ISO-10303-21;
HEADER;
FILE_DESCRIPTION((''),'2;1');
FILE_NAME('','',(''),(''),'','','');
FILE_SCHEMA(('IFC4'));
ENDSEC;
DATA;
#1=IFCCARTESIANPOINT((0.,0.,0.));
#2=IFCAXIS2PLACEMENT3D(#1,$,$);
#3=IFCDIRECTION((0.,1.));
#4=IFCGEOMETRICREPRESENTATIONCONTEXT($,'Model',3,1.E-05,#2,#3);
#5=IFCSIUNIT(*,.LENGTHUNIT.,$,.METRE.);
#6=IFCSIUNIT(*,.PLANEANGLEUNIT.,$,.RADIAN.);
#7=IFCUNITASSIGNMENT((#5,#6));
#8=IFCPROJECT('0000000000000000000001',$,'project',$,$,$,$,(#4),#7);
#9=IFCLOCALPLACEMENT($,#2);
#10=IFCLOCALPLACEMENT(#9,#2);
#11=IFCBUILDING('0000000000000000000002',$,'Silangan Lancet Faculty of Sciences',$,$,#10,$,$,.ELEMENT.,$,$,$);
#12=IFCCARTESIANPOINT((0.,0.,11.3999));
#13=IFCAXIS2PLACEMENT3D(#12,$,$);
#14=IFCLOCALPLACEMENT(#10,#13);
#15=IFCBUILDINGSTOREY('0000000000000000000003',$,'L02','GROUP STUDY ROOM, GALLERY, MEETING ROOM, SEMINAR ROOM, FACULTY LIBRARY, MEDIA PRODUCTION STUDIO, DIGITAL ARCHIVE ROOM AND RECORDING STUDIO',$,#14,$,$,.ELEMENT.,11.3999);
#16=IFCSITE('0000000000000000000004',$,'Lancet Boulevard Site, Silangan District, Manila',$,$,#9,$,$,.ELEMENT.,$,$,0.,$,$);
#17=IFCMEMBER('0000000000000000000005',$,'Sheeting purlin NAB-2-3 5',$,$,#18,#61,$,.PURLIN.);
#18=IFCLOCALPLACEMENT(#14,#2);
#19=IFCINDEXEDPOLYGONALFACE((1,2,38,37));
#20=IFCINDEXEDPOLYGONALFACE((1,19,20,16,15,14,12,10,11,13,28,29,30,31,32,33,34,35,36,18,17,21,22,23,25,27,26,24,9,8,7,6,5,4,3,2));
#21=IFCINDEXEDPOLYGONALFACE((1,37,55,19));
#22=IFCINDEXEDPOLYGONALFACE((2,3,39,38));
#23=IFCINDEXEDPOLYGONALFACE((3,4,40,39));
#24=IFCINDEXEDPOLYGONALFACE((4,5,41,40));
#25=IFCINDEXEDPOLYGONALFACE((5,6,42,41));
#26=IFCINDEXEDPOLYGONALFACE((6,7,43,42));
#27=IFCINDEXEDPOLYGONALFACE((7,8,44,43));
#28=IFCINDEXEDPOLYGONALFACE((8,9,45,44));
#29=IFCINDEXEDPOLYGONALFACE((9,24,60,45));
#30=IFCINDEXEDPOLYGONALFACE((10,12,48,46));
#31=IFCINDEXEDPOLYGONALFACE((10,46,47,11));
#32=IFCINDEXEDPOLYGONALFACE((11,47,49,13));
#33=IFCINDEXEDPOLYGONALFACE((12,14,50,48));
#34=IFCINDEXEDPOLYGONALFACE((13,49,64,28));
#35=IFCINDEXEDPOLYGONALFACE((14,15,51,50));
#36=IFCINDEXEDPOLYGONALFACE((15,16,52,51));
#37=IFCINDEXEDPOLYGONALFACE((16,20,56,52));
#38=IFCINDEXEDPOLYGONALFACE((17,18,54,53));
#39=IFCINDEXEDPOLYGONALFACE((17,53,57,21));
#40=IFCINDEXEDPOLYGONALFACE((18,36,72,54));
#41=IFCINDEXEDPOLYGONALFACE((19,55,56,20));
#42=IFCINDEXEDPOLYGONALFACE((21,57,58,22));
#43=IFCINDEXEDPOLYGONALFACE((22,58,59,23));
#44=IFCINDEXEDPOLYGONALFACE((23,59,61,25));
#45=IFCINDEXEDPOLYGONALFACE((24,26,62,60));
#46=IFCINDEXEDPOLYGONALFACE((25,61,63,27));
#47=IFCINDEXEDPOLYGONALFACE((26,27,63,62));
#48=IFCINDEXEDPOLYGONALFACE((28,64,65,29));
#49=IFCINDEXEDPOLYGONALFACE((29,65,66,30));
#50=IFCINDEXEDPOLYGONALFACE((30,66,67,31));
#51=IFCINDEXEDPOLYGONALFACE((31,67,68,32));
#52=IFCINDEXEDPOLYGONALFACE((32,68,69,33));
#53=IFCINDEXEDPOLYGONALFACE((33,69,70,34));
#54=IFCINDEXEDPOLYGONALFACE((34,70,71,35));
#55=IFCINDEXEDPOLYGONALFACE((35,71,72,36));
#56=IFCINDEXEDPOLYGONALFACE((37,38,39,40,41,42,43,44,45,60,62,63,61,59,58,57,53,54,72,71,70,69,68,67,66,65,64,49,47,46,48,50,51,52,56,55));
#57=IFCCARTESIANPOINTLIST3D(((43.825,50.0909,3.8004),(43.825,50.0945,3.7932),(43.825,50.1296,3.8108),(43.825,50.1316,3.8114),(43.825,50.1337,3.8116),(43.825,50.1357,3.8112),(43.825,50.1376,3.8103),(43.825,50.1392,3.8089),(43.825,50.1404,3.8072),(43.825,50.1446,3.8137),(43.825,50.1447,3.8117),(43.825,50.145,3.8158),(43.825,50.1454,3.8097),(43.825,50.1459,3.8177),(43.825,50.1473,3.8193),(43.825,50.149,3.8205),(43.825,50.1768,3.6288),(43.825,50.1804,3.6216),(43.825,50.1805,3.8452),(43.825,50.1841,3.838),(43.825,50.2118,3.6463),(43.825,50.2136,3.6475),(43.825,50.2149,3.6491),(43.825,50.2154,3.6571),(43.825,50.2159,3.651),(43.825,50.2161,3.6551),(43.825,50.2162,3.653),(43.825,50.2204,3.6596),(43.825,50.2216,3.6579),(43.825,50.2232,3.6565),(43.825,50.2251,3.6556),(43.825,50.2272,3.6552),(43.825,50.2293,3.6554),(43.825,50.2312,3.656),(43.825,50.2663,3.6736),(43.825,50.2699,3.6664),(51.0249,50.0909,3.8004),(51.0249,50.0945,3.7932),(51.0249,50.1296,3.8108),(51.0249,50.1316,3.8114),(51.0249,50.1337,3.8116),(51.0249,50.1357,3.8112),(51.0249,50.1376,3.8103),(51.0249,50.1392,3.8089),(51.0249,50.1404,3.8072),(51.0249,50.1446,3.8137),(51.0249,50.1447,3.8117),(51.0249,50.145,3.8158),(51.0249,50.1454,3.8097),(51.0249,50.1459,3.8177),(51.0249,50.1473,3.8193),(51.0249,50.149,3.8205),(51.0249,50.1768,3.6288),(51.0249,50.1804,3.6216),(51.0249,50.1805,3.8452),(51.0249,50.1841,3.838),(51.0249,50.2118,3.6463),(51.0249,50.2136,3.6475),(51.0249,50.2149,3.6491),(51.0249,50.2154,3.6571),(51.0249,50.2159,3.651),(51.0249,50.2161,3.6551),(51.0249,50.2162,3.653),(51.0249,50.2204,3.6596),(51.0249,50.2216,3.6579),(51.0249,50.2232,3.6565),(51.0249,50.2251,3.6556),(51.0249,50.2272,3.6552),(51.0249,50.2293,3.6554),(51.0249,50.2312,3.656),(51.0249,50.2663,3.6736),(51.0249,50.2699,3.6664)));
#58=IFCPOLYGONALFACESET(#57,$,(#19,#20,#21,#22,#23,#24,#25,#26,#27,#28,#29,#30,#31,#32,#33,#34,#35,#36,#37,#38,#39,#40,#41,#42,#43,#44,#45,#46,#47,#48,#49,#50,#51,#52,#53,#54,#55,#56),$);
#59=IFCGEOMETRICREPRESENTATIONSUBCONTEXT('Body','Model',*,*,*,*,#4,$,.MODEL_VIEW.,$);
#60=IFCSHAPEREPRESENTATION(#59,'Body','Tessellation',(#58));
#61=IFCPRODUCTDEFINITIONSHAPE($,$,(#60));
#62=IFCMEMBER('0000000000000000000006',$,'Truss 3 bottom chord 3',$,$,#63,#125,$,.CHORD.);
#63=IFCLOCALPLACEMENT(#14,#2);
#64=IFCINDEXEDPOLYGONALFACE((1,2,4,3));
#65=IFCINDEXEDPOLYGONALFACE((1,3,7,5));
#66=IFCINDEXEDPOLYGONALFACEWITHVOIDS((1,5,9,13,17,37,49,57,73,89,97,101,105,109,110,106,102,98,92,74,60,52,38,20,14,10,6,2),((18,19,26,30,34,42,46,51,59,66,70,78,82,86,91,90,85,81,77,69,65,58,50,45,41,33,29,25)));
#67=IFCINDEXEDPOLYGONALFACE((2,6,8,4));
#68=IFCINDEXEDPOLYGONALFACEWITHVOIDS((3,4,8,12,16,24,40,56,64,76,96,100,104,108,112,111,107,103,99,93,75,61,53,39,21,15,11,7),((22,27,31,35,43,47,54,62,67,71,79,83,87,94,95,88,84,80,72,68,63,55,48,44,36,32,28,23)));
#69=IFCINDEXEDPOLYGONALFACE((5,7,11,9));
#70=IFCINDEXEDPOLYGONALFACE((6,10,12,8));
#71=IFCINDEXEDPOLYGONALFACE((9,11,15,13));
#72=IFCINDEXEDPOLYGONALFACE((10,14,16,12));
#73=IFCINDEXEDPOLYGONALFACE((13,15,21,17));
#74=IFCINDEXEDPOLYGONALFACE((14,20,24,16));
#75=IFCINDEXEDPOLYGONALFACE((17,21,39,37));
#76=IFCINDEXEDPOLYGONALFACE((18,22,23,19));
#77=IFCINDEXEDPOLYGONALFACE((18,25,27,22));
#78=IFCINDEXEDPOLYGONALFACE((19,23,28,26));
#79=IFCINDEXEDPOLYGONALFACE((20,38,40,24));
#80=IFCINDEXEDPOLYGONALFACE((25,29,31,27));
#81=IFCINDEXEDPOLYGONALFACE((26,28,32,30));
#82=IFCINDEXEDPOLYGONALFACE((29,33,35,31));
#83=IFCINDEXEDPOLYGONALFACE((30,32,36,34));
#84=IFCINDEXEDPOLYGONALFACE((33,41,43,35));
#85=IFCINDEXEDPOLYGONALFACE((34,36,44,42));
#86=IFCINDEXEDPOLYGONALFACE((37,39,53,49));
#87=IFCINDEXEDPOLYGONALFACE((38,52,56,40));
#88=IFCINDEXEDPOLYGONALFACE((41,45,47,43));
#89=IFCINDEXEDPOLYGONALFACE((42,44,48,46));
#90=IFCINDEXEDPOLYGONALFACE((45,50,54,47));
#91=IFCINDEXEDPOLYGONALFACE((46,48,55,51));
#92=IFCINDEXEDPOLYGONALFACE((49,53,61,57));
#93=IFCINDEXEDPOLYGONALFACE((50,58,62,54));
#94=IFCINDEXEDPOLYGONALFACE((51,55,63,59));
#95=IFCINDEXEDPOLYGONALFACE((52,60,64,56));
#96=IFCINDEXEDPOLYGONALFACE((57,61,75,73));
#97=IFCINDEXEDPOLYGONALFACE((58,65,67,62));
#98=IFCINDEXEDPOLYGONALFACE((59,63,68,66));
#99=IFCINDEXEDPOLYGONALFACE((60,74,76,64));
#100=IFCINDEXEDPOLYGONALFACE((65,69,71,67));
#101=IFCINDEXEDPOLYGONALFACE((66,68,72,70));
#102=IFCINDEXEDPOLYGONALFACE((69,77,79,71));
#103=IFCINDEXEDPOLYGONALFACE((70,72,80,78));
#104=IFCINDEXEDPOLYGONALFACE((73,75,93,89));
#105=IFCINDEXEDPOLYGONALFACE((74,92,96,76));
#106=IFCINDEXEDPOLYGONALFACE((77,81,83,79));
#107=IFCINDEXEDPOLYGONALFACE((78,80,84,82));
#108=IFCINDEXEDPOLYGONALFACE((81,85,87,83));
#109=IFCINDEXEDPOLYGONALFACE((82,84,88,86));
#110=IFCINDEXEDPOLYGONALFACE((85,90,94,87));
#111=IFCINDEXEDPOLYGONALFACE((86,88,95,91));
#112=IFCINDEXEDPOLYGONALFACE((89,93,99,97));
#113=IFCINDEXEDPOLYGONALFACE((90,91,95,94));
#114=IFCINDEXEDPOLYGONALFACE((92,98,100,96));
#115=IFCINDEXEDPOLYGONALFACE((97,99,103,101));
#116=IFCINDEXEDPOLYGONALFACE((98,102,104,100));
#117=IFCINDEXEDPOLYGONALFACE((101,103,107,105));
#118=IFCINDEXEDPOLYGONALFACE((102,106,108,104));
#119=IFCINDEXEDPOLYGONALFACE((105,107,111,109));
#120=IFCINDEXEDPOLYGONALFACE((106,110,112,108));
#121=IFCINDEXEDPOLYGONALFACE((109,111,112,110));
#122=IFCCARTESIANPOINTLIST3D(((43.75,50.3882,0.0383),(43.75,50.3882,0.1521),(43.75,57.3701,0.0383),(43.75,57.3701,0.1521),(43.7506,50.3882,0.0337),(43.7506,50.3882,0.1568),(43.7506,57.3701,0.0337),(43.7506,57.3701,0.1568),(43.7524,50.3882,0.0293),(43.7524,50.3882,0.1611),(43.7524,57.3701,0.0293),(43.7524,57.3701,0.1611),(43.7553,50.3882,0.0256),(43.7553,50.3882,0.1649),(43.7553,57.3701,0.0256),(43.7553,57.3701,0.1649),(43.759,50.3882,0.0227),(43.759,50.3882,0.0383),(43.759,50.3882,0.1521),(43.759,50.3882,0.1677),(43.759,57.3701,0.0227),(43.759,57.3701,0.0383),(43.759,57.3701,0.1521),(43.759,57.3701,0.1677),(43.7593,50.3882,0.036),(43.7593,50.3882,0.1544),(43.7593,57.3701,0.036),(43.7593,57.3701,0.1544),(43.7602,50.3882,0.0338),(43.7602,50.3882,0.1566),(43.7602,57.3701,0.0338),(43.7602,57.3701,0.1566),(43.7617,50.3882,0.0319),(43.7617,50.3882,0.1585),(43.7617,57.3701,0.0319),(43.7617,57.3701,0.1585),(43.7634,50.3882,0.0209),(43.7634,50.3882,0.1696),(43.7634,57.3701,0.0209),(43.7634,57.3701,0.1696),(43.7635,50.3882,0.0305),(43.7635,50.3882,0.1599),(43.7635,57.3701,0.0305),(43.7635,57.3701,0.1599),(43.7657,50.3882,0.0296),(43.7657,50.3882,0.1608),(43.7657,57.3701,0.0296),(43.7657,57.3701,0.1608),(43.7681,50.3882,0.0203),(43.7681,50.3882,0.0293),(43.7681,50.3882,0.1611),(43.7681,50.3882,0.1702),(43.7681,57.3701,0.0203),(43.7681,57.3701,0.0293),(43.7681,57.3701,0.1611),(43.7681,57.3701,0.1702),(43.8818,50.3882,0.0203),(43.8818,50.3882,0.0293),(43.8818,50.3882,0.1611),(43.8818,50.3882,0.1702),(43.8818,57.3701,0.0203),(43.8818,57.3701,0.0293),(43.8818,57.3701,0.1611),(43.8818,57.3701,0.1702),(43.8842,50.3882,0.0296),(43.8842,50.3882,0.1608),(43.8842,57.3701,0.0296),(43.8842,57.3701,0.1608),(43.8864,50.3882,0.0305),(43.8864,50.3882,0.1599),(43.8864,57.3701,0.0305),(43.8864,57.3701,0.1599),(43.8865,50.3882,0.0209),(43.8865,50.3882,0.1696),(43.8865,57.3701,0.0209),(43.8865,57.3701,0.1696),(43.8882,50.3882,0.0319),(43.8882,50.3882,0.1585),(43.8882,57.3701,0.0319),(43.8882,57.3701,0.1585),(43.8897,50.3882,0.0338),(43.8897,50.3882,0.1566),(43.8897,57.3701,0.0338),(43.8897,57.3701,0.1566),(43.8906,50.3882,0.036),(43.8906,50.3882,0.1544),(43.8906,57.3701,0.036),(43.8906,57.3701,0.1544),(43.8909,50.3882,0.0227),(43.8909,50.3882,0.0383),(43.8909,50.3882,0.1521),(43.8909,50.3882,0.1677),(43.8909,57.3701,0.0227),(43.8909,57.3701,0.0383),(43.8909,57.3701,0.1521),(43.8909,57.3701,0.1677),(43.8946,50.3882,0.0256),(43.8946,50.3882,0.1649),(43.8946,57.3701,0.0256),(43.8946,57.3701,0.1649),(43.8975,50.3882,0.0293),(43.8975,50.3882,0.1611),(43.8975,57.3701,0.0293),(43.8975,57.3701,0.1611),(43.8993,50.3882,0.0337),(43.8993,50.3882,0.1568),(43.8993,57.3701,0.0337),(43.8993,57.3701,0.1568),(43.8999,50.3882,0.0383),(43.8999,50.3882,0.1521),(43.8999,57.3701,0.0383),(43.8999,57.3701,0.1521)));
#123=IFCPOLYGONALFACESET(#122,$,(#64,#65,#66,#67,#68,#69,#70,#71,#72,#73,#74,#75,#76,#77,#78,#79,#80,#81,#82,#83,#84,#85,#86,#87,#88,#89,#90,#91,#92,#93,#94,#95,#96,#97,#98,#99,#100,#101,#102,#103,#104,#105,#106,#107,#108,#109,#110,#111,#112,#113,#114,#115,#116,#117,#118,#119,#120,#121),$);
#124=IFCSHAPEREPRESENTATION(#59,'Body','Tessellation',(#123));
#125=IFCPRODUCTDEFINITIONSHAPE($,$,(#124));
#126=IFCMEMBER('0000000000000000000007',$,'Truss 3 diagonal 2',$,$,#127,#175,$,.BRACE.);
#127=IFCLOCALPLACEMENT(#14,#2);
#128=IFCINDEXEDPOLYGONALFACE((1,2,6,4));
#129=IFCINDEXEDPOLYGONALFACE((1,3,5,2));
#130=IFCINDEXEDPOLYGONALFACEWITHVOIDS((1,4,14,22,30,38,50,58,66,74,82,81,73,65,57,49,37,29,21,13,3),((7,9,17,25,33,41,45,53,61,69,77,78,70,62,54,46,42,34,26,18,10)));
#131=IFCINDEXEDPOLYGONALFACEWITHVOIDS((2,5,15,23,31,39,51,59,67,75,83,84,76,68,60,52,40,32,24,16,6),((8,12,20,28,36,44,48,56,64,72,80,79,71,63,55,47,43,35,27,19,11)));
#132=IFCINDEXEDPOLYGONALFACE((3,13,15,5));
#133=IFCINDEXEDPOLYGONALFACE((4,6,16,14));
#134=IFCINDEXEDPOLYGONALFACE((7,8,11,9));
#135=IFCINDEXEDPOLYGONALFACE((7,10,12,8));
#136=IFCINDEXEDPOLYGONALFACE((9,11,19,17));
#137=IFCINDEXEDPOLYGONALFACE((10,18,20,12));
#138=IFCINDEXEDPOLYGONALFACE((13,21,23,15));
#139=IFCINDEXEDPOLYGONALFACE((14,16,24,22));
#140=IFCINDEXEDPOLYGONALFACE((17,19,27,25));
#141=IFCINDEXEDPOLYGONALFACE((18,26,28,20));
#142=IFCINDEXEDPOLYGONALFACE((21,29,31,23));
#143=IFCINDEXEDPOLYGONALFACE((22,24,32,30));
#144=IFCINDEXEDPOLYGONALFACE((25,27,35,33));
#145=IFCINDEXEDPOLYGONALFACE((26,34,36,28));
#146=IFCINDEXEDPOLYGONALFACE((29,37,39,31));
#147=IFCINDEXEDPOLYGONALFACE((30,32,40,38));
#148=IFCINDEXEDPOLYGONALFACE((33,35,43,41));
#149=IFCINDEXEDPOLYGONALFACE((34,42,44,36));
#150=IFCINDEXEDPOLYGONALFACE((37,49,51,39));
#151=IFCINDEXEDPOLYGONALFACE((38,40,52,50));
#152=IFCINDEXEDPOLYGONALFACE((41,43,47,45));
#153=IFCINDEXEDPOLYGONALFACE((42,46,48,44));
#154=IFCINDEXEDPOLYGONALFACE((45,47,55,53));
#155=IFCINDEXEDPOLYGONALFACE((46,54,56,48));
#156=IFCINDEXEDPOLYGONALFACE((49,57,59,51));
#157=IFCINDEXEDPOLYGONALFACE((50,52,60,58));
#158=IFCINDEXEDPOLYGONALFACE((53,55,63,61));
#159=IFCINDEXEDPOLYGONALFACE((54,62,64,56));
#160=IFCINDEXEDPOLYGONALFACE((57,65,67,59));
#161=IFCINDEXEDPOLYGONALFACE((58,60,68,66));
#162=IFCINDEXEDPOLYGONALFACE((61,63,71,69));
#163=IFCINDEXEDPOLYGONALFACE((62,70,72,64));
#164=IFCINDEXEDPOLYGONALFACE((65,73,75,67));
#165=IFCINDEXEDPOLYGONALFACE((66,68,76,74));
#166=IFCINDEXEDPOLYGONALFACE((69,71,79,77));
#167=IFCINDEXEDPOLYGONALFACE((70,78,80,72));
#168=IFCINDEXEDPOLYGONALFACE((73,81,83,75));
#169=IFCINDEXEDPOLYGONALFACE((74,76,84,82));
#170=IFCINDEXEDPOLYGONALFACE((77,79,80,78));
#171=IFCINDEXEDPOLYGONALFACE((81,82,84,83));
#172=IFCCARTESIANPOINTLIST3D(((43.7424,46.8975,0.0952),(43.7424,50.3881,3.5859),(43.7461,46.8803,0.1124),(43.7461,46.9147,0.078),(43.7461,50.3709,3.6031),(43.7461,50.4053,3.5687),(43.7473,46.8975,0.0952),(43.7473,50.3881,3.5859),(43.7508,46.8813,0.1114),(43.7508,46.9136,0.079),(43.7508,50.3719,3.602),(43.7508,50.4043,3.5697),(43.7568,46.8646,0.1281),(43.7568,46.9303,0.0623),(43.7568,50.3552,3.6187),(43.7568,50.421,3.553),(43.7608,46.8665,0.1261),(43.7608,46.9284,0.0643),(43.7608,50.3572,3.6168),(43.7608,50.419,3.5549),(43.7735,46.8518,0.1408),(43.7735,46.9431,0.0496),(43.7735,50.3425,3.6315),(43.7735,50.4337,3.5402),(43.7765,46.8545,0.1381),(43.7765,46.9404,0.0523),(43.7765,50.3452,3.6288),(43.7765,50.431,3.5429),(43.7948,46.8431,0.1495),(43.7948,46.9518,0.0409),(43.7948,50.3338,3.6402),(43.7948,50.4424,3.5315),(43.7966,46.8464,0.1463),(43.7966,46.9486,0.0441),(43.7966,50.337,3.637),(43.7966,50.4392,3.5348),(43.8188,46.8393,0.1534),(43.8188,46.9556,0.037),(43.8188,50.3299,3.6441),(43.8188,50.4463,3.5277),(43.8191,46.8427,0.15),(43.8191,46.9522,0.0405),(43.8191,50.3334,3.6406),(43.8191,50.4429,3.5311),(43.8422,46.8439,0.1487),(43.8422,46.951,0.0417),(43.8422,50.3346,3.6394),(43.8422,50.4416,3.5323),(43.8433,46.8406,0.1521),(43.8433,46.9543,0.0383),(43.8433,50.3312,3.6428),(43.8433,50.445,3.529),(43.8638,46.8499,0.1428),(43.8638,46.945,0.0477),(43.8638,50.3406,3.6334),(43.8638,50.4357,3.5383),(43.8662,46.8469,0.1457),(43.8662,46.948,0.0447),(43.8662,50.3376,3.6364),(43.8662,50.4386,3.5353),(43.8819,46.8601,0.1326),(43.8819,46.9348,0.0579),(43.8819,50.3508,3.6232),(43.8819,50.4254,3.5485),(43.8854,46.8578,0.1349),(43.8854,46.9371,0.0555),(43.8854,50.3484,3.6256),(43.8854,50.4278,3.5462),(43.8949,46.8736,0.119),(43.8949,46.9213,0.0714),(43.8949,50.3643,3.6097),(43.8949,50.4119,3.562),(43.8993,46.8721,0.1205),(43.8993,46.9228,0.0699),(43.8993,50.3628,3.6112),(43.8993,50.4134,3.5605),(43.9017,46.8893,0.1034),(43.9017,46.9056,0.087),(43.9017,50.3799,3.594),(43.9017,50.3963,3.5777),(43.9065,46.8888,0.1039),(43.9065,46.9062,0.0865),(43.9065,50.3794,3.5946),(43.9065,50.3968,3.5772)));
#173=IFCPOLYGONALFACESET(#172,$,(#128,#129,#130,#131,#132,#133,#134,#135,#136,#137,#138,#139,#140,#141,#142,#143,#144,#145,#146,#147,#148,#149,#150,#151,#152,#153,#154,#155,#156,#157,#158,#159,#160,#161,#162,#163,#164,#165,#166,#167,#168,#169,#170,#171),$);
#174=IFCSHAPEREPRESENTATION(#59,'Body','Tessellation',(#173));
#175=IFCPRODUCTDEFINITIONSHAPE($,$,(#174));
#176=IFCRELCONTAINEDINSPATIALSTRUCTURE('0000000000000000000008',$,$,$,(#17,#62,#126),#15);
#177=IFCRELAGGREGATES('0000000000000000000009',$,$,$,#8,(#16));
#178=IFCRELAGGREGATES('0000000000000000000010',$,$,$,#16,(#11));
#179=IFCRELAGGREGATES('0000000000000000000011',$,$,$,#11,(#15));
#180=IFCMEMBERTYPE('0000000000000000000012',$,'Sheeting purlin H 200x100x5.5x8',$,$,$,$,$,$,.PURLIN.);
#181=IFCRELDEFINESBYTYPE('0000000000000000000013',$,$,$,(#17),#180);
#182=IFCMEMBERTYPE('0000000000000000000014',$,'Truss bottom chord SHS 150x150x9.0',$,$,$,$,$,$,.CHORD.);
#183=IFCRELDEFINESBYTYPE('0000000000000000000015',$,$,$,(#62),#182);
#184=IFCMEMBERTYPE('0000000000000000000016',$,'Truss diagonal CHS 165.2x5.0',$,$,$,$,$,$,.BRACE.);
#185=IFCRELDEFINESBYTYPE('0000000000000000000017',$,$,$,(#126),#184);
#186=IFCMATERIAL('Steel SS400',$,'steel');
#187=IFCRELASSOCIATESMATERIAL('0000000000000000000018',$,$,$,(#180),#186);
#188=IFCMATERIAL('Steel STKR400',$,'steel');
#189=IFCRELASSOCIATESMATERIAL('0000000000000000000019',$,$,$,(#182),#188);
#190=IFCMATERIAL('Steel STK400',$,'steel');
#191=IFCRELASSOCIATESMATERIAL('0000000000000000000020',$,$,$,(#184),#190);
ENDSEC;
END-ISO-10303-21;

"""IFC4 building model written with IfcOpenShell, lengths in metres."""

from ifc_helpers import new_model, si_unit, direction, frame, origin, origin_2d, place, context, subcontext, project, spatial, hollow_rectangle, hollow_circle, i_section, extrude, material, material_profile, profile_set, type_object, element, save


model = new_model("IFC4")

# Units and contexts
model_context = context("Model", 3, precision=1e-05, world=origin(), true_north=direction((0.0, 1.0)))
body_context = subcontext(model_context, "Body", "Model", "MODEL_VIEW")
ifc_project = project(units=[si_unit("LENGTHUNIT", "METRE"), si_unit("PLANEANGLEUNIT", "RADIAN")], contexts=[model_context])

# Site, building, storey
site_placement = place(None, origin())
site = spatial("IfcSite", under=ifc_project, at=site_placement, Name="Lancet Boulevard Site, Silangan District, Manila", CompositionType="ELEMENT", RefElevation=0.0)
building_placement = place(site_placement, origin())
building = spatial("IfcBuilding", under=site, at=building_placement, Name="Silangan Lancet Faculty of Sciences", CompositionType="ELEMENT")
storey_placement = place(building_placement, frame((0.0, 0.0, 11.3999)))
storey = spatial("IfcBuildingStorey", under=building, at=storey_placement, Name="L02", Description="GROUP STUDY ROOM, GALLERY, MEETING ROOM, SEMINAR ROOM, FACULTY LIBRARY, MEDIA PRODUCTION STUDIO, DIGITAL ARCHIVE ROOM AND RECORDING STUDIO", CompositionType="ELEMENT", Elevation=11.3999)

# Members
ifc_material_1 = material(Name="Steel SS400", Category="steel")
ifc_material_profile_1 = material_profile(ifc_material_1, i_section(OverallWidth=0.1001, OverallDepth=0.2, WebThickness=0.0056, FlangeThickness=0.0081, FilletRadius=0.0081, at=origin_2d()), Name="H 200x100x5.5x8")
ifc_profile_set_1 = profile_set([ifc_material_profile_1], Name="Steel SS400")
member_type_1 = type_object("IfcMemberType", Name="Sheeting purlin H 200x100x5.5x8", PredefinedType="PURLIN", material=ifc_profile_set_1)
for number, where, z_axis, x_axis, name in (
    (1, (43.825, 50.1804, 3.7334), (1.0, 0.0, 0.0), (0.0, 0.894427, 0.447214), "Sheeting purlin NAB-2-3 5"),
):
    element("IfcMember", number, at=place(storey_placement, frame(where, z_axis=z_axis, x_axis=x_axis)), inside=storey, type_object=member_type_1, Name=name, PredefinedType="PURLIN", context=body_context, shape_type="SweptSolid", body=[
        extrude(i_section(OverallWidth=0.1001, OverallDepth=0.2, WebThickness=0.0056, FlangeThickness=0.0081, FilletRadius=0.0081, at=origin_2d()), origin(), (0.0, 0.0, 1.0), 7.2),
    ])
ifc_material_2 = material(Name="Steel STKR400", Category="steel")
ifc_material_profile_2 = material_profile(ifc_material_2, hollow_rectangle(XDim=0.1499, YDim=0.1499, WallThickness=0.009, InnerFilletRadius=0.009, OuterFilletRadius=0.0181, at=origin_2d()), Name="SHS 150x150x9.0")
ifc_profile_set_2 = profile_set([ifc_material_profile_2], Name="Steel STKR400")
member_type_2 = type_object("IfcMemberType", Name="Truss bottom chord SHS 150x150x9.0", PredefinedType="CHORD", material=ifc_profile_set_2)
member_1_placement = place(storey_placement, frame((43.825, 50.3882, 0.0952), z_axis=(0.0, 1.0, 0.0), x_axis=(-1.0, 0.0, 0.0)))
element("IfcMember", 2, at=member_1_placement, inside=storey, type_object=member_type_2, Name="Truss 3 bottom chord 3", PredefinedType="CHORD", context=body_context, shape_type="SweptSolid", body=[
    extrude(hollow_rectangle(XDim=0.1499, YDim=0.1499, WallThickness=0.009, InnerFilletRadius=0.009, OuterFilletRadius=0.0181, at=origin_2d()), origin(), (0.0, 0.0, 1.0), 6.9819),
])
ifc_material_3 = material(Name="Steel STK400", Category="steel")
ifc_material_profile_3 = material_profile(ifc_material_3, hollow_circle(Radius=0.0825, WallThickness=0.0049, at=origin_2d()), Name="CHS 165.2x5.0")
ifc_profile_set_3 = profile_set([ifc_material_profile_3], Name="Steel STK400")
member_type_3 = type_object("IfcMemberType", Name="Truss diagonal CHS 165.2x5.0", PredefinedType="BRACE", material=ifc_profile_set_3)
member_2_placement = place(storey_placement, frame((43.825, 46.8975, 0.0952), z_axis=(0.0, 0.707107, 0.707107), x_axis=(-1.0, 0.0, 0.0)))
element("IfcMember", 3, at=member_2_placement, inside=storey, type_object=member_type_3, Name="Truss 3 diagonal 2", PredefinedType="BRACE", context=body_context, shape_type="SweptSolid", body=[
    extrude(hollow_circle(Radius=0.0825, WallThickness=0.0049, at=origin_2d()), origin(), (0.0, 0.0, 1.0), 4.9365),
])

save(model, "model.ifc")
